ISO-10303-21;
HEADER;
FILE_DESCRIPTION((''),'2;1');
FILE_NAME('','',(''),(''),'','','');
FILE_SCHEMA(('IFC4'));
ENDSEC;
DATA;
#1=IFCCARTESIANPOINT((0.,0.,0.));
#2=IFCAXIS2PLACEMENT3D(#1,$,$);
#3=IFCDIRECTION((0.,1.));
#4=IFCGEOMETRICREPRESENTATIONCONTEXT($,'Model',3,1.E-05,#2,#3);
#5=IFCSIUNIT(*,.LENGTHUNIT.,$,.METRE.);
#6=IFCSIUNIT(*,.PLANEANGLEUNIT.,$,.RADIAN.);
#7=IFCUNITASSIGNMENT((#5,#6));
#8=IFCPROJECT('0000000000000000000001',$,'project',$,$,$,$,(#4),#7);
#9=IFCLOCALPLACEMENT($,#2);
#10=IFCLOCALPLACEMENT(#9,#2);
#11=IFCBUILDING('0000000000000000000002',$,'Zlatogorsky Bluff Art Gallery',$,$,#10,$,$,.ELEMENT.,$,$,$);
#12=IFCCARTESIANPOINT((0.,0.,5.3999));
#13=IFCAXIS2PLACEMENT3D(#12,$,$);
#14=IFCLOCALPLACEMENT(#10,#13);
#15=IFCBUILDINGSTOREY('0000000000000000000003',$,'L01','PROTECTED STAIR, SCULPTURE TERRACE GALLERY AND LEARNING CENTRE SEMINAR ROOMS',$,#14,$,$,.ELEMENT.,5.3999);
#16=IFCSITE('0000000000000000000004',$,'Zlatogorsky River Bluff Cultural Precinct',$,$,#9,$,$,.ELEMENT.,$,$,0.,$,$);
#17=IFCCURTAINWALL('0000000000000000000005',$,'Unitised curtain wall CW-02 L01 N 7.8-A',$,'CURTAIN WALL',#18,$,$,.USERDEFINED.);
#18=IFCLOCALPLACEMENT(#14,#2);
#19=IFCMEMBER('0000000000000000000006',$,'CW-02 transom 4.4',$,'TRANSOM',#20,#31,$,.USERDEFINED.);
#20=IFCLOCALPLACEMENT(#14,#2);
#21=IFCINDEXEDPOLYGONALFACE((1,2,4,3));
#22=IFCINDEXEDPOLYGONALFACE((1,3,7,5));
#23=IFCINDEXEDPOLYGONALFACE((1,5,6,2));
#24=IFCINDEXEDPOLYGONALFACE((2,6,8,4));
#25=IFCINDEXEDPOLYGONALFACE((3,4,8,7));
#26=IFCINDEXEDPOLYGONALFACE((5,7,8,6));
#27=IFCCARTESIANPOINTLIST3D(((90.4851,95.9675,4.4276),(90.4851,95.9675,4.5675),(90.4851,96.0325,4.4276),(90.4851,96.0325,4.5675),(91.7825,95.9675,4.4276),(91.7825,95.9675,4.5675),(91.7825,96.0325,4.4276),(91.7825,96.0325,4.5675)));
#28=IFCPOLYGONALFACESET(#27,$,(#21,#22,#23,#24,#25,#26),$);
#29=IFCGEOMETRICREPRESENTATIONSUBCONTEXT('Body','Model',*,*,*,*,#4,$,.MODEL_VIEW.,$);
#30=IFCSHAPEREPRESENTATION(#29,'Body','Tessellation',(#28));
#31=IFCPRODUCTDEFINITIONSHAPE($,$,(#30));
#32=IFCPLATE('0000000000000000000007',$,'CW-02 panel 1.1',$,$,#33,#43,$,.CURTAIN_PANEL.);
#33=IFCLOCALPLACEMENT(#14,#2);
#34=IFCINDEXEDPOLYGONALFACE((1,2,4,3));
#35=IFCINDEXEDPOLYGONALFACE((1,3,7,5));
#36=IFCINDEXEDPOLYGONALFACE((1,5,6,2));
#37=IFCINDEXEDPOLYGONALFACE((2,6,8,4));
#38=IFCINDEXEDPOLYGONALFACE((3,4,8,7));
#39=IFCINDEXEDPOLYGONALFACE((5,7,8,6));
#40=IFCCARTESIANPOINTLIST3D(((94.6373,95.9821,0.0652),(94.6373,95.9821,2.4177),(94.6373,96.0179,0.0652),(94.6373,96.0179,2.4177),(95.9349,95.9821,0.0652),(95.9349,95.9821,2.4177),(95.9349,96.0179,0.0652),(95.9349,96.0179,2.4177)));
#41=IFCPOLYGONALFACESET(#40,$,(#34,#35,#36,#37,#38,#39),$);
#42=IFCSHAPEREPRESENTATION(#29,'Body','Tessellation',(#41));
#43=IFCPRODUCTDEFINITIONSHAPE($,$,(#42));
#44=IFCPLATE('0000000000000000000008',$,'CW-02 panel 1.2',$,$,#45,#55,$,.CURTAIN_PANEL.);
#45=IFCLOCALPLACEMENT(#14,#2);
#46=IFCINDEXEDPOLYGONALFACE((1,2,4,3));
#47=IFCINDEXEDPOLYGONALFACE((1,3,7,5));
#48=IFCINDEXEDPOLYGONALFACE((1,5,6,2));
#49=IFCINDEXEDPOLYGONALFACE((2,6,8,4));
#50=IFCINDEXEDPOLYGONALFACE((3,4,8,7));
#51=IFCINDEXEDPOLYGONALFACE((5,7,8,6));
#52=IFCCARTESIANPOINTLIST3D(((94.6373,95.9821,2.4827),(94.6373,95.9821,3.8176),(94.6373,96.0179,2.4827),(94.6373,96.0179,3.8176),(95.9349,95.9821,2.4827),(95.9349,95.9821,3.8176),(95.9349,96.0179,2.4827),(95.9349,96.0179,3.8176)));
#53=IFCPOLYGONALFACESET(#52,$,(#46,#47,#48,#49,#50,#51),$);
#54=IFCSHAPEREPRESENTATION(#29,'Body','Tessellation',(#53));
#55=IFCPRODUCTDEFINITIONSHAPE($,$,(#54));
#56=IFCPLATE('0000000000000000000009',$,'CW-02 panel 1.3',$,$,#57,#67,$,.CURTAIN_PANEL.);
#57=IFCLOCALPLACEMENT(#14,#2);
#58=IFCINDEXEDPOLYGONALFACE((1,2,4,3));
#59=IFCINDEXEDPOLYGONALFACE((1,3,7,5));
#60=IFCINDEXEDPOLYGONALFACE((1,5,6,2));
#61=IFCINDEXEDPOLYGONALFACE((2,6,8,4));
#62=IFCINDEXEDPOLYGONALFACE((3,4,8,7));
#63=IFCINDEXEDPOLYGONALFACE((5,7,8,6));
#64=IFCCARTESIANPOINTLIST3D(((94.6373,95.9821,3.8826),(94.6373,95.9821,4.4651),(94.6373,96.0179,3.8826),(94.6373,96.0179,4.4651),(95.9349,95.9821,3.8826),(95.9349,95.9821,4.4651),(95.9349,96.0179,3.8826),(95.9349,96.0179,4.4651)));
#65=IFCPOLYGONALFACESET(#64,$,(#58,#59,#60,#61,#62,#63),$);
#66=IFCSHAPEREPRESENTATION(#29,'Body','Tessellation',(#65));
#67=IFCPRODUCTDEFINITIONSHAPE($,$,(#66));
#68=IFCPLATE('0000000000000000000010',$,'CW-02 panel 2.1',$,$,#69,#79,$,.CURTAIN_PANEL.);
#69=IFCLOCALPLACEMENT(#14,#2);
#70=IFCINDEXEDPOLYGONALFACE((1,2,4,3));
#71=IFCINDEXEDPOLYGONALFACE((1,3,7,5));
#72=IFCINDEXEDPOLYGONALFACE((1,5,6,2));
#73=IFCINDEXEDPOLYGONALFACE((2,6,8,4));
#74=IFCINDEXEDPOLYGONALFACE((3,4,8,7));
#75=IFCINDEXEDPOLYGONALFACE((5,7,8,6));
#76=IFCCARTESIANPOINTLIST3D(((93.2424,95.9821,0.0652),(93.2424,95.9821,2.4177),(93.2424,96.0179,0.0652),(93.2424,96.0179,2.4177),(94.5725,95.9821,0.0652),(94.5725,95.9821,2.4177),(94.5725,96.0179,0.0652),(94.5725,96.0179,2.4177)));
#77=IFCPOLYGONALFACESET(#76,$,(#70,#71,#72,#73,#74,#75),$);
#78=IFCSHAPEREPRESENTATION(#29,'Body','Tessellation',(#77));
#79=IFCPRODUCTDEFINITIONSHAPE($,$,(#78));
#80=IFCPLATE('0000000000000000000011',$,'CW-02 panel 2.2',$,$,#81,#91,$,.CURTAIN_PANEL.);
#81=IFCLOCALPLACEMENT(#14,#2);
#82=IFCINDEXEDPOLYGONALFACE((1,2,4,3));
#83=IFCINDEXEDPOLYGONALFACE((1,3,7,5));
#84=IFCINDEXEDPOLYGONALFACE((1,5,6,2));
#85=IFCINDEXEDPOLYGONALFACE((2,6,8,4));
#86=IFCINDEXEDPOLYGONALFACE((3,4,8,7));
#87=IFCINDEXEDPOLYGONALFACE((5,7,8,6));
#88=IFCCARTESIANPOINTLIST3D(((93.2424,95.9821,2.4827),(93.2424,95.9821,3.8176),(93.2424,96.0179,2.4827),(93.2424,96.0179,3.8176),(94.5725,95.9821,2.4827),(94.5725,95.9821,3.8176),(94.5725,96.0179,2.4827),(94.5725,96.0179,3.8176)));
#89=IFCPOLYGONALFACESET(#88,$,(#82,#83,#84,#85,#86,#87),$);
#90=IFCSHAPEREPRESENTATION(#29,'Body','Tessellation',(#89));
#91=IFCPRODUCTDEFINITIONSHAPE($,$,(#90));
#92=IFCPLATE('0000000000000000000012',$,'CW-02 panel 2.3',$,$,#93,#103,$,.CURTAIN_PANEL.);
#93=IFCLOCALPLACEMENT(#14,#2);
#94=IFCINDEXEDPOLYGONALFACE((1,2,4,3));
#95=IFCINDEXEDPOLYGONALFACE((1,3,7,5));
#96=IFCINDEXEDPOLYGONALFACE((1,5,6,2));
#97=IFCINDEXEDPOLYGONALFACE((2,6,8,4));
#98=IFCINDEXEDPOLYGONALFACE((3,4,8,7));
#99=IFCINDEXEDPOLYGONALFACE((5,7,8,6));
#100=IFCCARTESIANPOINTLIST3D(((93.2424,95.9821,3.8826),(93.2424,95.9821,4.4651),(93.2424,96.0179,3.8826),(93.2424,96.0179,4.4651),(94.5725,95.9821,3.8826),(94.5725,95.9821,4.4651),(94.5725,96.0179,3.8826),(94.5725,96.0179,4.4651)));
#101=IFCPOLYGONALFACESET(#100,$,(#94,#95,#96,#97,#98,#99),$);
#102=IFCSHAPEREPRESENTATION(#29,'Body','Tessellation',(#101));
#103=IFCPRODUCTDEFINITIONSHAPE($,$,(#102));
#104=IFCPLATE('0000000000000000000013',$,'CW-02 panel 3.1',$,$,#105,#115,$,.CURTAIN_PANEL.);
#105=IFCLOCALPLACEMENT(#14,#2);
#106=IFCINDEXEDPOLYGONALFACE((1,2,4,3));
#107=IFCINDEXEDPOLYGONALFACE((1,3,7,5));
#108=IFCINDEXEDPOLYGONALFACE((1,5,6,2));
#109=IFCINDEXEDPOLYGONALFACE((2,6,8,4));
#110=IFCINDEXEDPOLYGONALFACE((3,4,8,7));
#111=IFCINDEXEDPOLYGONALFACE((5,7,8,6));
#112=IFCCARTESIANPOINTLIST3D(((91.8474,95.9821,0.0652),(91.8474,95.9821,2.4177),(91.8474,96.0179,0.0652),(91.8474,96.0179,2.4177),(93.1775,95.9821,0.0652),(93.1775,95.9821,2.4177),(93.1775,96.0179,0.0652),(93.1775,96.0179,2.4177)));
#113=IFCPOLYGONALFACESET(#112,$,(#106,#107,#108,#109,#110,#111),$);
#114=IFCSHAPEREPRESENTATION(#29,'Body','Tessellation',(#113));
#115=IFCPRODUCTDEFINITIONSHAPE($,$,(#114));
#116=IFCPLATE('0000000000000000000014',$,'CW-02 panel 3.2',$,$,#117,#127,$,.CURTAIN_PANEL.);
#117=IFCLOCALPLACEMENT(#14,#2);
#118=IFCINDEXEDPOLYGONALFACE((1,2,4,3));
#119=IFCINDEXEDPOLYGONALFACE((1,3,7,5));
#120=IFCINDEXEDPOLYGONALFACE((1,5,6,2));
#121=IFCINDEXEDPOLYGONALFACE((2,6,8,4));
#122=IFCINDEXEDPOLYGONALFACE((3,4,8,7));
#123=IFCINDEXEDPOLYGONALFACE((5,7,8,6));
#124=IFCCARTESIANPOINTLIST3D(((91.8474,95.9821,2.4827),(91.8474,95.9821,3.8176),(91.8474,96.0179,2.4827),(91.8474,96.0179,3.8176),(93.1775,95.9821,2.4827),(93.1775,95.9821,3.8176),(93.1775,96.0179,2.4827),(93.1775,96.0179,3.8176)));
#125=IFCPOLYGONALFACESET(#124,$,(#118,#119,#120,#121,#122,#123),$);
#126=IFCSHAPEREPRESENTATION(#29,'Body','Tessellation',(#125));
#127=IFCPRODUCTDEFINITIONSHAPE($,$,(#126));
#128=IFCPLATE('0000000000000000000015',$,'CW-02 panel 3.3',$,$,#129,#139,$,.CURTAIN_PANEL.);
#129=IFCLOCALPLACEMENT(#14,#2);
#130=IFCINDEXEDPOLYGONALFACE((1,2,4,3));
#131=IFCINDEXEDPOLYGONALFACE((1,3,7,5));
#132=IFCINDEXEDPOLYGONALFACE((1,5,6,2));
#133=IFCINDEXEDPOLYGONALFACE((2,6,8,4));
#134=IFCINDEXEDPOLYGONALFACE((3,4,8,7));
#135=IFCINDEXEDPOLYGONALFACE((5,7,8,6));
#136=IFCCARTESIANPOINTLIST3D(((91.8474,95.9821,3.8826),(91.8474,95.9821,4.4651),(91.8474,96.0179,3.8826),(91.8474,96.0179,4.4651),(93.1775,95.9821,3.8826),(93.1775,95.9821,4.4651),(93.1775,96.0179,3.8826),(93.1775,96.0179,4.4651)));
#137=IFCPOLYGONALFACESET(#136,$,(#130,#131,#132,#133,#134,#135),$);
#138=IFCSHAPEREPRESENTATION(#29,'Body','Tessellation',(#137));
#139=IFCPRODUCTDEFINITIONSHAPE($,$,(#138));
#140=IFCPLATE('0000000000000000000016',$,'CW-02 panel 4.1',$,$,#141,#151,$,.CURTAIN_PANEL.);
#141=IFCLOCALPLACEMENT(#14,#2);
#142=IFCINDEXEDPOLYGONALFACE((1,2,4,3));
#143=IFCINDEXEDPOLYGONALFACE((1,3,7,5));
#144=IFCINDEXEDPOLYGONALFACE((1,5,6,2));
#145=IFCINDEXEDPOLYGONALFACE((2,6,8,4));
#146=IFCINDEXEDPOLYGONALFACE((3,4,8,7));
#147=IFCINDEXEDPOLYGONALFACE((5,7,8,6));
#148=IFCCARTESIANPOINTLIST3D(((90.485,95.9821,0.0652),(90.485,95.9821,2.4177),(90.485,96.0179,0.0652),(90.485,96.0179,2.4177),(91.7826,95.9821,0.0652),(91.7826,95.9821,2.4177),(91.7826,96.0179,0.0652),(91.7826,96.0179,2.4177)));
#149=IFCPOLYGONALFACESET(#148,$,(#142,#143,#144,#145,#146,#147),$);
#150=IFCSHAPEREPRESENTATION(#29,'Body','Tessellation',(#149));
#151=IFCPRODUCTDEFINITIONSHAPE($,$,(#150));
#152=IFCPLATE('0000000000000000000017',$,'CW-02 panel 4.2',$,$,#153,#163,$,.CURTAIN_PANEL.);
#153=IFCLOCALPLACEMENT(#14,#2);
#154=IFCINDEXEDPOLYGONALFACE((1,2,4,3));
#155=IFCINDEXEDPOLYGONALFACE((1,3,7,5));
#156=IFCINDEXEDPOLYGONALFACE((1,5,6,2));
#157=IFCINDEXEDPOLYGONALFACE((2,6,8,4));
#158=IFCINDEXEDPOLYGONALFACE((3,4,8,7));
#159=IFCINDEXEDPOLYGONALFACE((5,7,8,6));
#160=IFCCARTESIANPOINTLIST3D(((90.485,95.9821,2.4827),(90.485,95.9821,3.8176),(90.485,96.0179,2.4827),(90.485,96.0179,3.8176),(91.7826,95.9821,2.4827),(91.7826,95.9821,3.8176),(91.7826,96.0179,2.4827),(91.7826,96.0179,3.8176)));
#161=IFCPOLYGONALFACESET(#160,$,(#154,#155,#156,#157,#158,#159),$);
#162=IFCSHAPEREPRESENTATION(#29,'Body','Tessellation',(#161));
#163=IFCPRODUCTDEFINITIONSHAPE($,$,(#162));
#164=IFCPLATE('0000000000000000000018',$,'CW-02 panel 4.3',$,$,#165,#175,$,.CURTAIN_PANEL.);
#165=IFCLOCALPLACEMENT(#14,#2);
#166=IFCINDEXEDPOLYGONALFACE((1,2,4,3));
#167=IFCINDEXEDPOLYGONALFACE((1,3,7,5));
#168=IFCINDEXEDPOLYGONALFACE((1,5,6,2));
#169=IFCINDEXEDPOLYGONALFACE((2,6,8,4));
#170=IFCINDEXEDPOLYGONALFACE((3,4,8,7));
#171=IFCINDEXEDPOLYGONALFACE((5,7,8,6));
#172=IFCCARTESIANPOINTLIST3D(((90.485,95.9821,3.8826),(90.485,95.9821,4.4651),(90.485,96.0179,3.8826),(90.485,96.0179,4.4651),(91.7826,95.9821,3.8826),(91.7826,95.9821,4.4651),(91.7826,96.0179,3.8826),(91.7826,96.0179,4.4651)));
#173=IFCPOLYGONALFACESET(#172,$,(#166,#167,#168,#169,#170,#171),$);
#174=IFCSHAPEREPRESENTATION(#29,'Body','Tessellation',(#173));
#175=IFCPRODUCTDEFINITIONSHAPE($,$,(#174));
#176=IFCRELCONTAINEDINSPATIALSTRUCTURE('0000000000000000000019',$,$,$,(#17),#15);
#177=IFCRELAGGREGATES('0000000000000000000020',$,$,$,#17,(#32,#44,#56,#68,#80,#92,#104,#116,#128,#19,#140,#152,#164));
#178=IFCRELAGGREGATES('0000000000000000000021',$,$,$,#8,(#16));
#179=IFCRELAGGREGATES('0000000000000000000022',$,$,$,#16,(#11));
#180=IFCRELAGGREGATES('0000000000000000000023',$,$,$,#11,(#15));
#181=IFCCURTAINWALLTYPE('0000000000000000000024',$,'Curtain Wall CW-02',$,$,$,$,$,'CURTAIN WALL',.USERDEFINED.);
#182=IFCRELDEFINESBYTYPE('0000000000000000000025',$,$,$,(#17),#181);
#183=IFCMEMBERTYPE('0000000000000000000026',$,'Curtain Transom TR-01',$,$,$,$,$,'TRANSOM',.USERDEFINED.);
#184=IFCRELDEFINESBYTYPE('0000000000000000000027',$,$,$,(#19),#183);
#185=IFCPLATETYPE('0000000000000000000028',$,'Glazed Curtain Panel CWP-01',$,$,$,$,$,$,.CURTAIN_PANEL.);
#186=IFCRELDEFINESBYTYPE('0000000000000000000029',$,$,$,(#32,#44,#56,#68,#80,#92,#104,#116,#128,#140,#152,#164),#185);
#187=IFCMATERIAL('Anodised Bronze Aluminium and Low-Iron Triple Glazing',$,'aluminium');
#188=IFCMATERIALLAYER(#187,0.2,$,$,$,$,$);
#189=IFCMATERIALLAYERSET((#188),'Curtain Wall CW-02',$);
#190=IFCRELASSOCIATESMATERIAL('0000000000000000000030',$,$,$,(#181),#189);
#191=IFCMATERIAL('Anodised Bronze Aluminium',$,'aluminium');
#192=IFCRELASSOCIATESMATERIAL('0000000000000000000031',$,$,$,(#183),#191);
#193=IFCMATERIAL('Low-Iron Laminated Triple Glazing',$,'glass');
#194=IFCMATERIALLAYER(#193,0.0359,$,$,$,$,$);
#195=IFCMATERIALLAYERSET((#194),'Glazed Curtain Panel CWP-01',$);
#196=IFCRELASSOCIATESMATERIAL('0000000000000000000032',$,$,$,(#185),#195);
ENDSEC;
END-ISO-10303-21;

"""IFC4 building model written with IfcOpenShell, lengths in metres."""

from ifc_helpers import new_model, si_unit, direction, frame, origin, origin_2d, place, context, subcontext, project, spatial, rectangle, extrude, material, layer, layer_set, material_profile, profile_set, type_object, element, aggregate, save


model = new_model("IFC4")

# Units and contexts
model_context = context("Model", 3, precision=1e-05, world=origin(), true_north=direction((0.0, 1.0)))
body_context = subcontext(model_context, "Body", "Model", "MODEL_VIEW")
ifc_project = project(units=[si_unit("LENGTHUNIT", "METRE"), si_unit("PLANEANGLEUNIT", "RADIAN")], contexts=[model_context])

# Site, building, storey
site_placement = place(None, origin())
site = spatial("IfcSite", under=ifc_project, at=site_placement, Name="Zlatogorsky River Bluff Cultural Precinct", CompositionType="ELEMENT", RefElevation=0.0)
building_placement = place(site_placement, origin())
building = spatial("IfcBuilding", under=site, at=building_placement, Name="Zlatogorsky Bluff Art Gallery", CompositionType="ELEMENT")
storey_placement = place(building_placement, frame((0.0, 0.0, 5.3999)))
storey = spatial("IfcBuildingStorey", under=building, at=storey_placement, Name="L01", Description="PROTECTED STAIR, SCULPTURE TERRACE GALLERY AND LEARNING CENTRE SEMINAR ROOMS", CompositionType="ELEMENT", Elevation=5.3999)

# Curtain wall, member, plates
ifc_material_1 = material(Name="Anodised Bronze Aluminium and Low-Iron Triple Glazing", Category="aluminium")
ifc_layer_1 = layer(ifc_material_1, 0.2)
ifc_layer_set_1 = layer_set([ifc_layer_1], Name="Curtain Wall CW-02")
curtain_wall_type = type_object("IfcCurtainWallType", Name="Curtain Wall CW-02", ElementType="CURTAIN WALL", PredefinedType="USERDEFINED", material=ifc_layer_set_1)
curtain_wall_placement = place(storey_placement, origin())
curtain_wall = element("IfcCurtainWall", 1, at=curtain_wall_placement, inside=storey, type_object=curtain_wall_type, Name="Unitised curtain wall CW-02 L01 N 7.8-A", ObjectType="CURTAIN WALL", PredefinedType="USERDEFINED")
ifc_material_2 = material(Name="Anodised Bronze Aluminium", Category="aluminium")
ifc_material_profile_1 = material_profile(ifc_material_2, rectangle(XDim=0.0649, YDim=0.1399, at=origin_2d()), Name="ALU TRANSOM 65x140")
ifc_profile_set_1 = profile_set([ifc_material_profile_1], Name="Anodised Bronze Aluminium")
member_type_1 = type_object("IfcMemberType", Name="Curtain Transom TR-01", ElementType="TRANSOM", PredefinedType="USERDEFINED", material=ifc_profile_set_1)
member_1_placement = place(storey_placement, frame((91.7825, 96.0, 4.4976), z_axis=(-1.0, 0.0, 0.0), x_axis=(0.0, -1.0, 0.0)))
member_1 = element("IfcMember", 2, at=member_1_placement, type_object=member_type_1, Name="CW-02 transom 4.4", ObjectType="TRANSOM", PredefinedType="USERDEFINED", context=body_context, shape_type="SweptSolid", body=[
    extrude(rectangle(XDim=0.0649, YDim=0.1399, at=origin_2d()), origin(), (0.0, 0.0, 1.0), 1.2974),
])
ifc_material_3 = material(Name="Low-Iron Laminated Triple Glazing", Category="glass")
ifc_layer_2 = layer(ifc_material_3, 0.0359)
ifc_layer_set_2 = layer_set([ifc_layer_2], Name="Glazed Curtain Panel CWP-01")
plate_type = type_object("IfcPlateType", Name="Glazed Curtain Panel CWP-01", PredefinedType="CURTAIN_PANEL", material=ifc_layer_set_2)
plate_1_placement = place(storey_placement, frame((95.2861, 96.0, 0.0652), z_axis=(0.0, 0.0, 1.0), x_axis=(-1.0, 0.0, 0.0)))
plate_1 = element("IfcPlate", 3, at=plate_1_placement, type_object=plate_type, Name="CW-02 panel 1.1", PredefinedType="CURTAIN_PANEL", context=body_context, shape_type="SweptSolid", body=[
    extrude(rectangle(XDim=1.2976, YDim=0.0359, at=origin_2d()), origin(), (0.0, 0.0, 1.0), 2.3525),
])
plate_2_placement = place(storey_placement, frame((95.2861, 96.0, 2.4827), z_axis=(0.0, 0.0, 1.0), x_axis=(-1.0, 0.0, 0.0)))
plate_2 = element("IfcPlate", 4, at=plate_2_placement, type_object=plate_type, Name="CW-02 panel 1.2", PredefinedType="CURTAIN_PANEL", context=body_context, shape_type="SweptSolid", body=[
    extrude(rectangle(XDim=1.2976, YDim=0.0359, at=origin_2d()), origin(), (0.0, 0.0, 1.0), 1.335),
])
plate_3_placement = place(storey_placement, frame((95.2861, 96.0, 3.8826), z_axis=(0.0, 0.0, 1.0), x_axis=(-1.0, 0.0, 0.0)))
plate_3 = element("IfcPlate", 5, at=plate_3_placement, type_object=plate_type, Name="CW-02 panel 1.3", PredefinedType="CURTAIN_PANEL", context=body_context, shape_type="SweptSolid", body=[
    extrude(rectangle(XDim=1.2976, YDim=0.0359, at=origin_2d()), origin(), (0.0, 0.0, 1.0), 0.5825),
])
plate_4_placement = place(storey_placement, frame((93.9075, 96.0, 0.0652), z_axis=(0.0, 0.0, 1.0), x_axis=(-1.0, 0.0, 0.0)))
plate_4 = element("IfcPlate", 6, at=plate_4_placement, type_object=plate_type, Name="CW-02 panel 2.1", PredefinedType="CURTAIN_PANEL", context=body_context, shape_type="SweptSolid", body=[
    extrude(rectangle(XDim=1.3301, YDim=0.0359, at=origin_2d()), origin(), (0.0, 0.0, 1.0), 2.3525),
])
plate_5_placement = place(storey_placement, frame((93.9075, 96.0, 2.4827), z_axis=(0.0, 0.0, 1.0), x_axis=(-1.0, 0.0, 0.0)))
plate_5 = element("IfcPlate", 7, at=plate_5_placement, type_object=plate_type, Name="CW-02 panel 2.2", PredefinedType="CURTAIN_PANEL", context=body_context, shape_type="SweptSolid", body=[
    extrude(rectangle(XDim=1.3301, YDim=0.0359, at=origin_2d()), origin(), (0.0, 0.0, 1.0), 1.335),
])
plate_6_placement = place(storey_placement, frame((93.9075, 96.0, 3.8826), z_axis=(0.0, 0.0, 1.0), x_axis=(-1.0, 0.0, 0.0)))
plate_6 = element("IfcPlate", 8, at=plate_6_placement, type_object=plate_type, Name="CW-02 panel 2.3", PredefinedType="CURTAIN_PANEL", context=body_context, shape_type="SweptSolid", body=[
    extrude(rectangle(XDim=1.3301, YDim=0.0359, at=origin_2d()), origin(), (0.0, 0.0, 1.0), 0.5825),
])
plate_7_placement = place(storey_placement, frame((92.5125, 96.0, 0.0652), z_axis=(0.0, 0.0, 1.0), x_axis=(-1.0, 0.0, 0.0)))
plate_7 = element("IfcPlate", 9, at=plate_7_placement, type_object=plate_type, Name="CW-02 panel 3.1", PredefinedType="CURTAIN_PANEL", context=body_context, shape_type="SweptSolid", body=[
    extrude(rectangle(XDim=1.3301, YDim=0.0359, at=origin_2d()), origin(), (0.0, 0.0, 1.0), 2.3525),
])
plate_8_placement = place(storey_placement, frame((92.5125, 96.0, 2.4827), z_axis=(0.0, 0.0, 1.0), x_axis=(-1.0, 0.0, 0.0)))
plate_8 = element("IfcPlate", 10, at=plate_8_placement, type_object=plate_type, Name="CW-02 panel 3.2", PredefinedType="CURTAIN_PANEL", context=body_context, shape_type="SweptSolid", body=[
    extrude(rectangle(XDim=1.3301, YDim=0.0359, at=origin_2d()), origin(), (0.0, 0.0, 1.0), 1.335),
])
plate_9_placement = place(storey_placement, frame((92.5125, 96.0, 3.8826), z_axis=(0.0, 0.0, 1.0), x_axis=(-1.0, 0.0, 0.0)))
plate_9 = element("IfcPlate", 11, at=plate_9_placement, type_object=plate_type, Name="CW-02 panel 3.3", PredefinedType="CURTAIN_PANEL", context=body_context, shape_type="SweptSolid", body=[
    extrude(rectangle(XDim=1.3301, YDim=0.0359, at=origin_2d()), origin(), (0.0, 0.0, 1.0), 0.5825),
])
plate_10_placement = place(storey_placement, frame((91.1338, 96.0, 0.0652), z_axis=(0.0, 0.0, 1.0), x_axis=(-1.0, 0.0, 0.0)))
plate_10 = element("IfcPlate", 12, at=plate_10_placement, type_object=plate_type, Name="CW-02 panel 4.1", PredefinedType="CURTAIN_PANEL", context=body_context, shape_type="SweptSolid", body=[
    extrude(rectangle(XDim=1.2976, YDim=0.0359, at=origin_2d()), origin(), (0.0, 0.0, 1.0), 2.3525),
])
plate_11_placement = place(storey_placement, frame((91.1338, 96.0, 2.4827), z_axis=(0.0, 0.0, 1.0), x_axis=(-1.0, 0.0, 0.0)))
plate_11 = element("IfcPlate", 13, at=plate_11_placement, type_object=plate_type, Name="CW-02 panel 4.2", PredefinedType="CURTAIN_PANEL", context=body_context, shape_type="SweptSolid", body=[
    extrude(rectangle(XDim=1.2976, YDim=0.0359, at=origin_2d()), origin(), (0.0, 0.0, 1.0), 1.335),
])
plate_12_placement = place(storey_placement, frame((91.1338, 96.0, 3.8826), z_axis=(0.0, 0.0, 1.0), x_axis=(-1.0, 0.0, 0.0)))
plate_12 = element("IfcPlate", 14, at=plate_12_placement, type_object=plate_type, Name="CW-02 panel 4.3", PredefinedType="CURTAIN_PANEL", context=body_context, shape_type="SweptSolid", body=[
    extrude(rectangle(XDim=1.2976, YDim=0.0359, at=origin_2d()), origin(), (0.0, 0.0, 1.0), 0.5825),
])
aggregate(curtain_wall, [plate_1, plate_2, plate_3, plate_4, plate_5, plate_6, plate_7, plate_8, plate_9, member_1, plate_10, plate_11, plate_12])

save(model, "model.ifc")
